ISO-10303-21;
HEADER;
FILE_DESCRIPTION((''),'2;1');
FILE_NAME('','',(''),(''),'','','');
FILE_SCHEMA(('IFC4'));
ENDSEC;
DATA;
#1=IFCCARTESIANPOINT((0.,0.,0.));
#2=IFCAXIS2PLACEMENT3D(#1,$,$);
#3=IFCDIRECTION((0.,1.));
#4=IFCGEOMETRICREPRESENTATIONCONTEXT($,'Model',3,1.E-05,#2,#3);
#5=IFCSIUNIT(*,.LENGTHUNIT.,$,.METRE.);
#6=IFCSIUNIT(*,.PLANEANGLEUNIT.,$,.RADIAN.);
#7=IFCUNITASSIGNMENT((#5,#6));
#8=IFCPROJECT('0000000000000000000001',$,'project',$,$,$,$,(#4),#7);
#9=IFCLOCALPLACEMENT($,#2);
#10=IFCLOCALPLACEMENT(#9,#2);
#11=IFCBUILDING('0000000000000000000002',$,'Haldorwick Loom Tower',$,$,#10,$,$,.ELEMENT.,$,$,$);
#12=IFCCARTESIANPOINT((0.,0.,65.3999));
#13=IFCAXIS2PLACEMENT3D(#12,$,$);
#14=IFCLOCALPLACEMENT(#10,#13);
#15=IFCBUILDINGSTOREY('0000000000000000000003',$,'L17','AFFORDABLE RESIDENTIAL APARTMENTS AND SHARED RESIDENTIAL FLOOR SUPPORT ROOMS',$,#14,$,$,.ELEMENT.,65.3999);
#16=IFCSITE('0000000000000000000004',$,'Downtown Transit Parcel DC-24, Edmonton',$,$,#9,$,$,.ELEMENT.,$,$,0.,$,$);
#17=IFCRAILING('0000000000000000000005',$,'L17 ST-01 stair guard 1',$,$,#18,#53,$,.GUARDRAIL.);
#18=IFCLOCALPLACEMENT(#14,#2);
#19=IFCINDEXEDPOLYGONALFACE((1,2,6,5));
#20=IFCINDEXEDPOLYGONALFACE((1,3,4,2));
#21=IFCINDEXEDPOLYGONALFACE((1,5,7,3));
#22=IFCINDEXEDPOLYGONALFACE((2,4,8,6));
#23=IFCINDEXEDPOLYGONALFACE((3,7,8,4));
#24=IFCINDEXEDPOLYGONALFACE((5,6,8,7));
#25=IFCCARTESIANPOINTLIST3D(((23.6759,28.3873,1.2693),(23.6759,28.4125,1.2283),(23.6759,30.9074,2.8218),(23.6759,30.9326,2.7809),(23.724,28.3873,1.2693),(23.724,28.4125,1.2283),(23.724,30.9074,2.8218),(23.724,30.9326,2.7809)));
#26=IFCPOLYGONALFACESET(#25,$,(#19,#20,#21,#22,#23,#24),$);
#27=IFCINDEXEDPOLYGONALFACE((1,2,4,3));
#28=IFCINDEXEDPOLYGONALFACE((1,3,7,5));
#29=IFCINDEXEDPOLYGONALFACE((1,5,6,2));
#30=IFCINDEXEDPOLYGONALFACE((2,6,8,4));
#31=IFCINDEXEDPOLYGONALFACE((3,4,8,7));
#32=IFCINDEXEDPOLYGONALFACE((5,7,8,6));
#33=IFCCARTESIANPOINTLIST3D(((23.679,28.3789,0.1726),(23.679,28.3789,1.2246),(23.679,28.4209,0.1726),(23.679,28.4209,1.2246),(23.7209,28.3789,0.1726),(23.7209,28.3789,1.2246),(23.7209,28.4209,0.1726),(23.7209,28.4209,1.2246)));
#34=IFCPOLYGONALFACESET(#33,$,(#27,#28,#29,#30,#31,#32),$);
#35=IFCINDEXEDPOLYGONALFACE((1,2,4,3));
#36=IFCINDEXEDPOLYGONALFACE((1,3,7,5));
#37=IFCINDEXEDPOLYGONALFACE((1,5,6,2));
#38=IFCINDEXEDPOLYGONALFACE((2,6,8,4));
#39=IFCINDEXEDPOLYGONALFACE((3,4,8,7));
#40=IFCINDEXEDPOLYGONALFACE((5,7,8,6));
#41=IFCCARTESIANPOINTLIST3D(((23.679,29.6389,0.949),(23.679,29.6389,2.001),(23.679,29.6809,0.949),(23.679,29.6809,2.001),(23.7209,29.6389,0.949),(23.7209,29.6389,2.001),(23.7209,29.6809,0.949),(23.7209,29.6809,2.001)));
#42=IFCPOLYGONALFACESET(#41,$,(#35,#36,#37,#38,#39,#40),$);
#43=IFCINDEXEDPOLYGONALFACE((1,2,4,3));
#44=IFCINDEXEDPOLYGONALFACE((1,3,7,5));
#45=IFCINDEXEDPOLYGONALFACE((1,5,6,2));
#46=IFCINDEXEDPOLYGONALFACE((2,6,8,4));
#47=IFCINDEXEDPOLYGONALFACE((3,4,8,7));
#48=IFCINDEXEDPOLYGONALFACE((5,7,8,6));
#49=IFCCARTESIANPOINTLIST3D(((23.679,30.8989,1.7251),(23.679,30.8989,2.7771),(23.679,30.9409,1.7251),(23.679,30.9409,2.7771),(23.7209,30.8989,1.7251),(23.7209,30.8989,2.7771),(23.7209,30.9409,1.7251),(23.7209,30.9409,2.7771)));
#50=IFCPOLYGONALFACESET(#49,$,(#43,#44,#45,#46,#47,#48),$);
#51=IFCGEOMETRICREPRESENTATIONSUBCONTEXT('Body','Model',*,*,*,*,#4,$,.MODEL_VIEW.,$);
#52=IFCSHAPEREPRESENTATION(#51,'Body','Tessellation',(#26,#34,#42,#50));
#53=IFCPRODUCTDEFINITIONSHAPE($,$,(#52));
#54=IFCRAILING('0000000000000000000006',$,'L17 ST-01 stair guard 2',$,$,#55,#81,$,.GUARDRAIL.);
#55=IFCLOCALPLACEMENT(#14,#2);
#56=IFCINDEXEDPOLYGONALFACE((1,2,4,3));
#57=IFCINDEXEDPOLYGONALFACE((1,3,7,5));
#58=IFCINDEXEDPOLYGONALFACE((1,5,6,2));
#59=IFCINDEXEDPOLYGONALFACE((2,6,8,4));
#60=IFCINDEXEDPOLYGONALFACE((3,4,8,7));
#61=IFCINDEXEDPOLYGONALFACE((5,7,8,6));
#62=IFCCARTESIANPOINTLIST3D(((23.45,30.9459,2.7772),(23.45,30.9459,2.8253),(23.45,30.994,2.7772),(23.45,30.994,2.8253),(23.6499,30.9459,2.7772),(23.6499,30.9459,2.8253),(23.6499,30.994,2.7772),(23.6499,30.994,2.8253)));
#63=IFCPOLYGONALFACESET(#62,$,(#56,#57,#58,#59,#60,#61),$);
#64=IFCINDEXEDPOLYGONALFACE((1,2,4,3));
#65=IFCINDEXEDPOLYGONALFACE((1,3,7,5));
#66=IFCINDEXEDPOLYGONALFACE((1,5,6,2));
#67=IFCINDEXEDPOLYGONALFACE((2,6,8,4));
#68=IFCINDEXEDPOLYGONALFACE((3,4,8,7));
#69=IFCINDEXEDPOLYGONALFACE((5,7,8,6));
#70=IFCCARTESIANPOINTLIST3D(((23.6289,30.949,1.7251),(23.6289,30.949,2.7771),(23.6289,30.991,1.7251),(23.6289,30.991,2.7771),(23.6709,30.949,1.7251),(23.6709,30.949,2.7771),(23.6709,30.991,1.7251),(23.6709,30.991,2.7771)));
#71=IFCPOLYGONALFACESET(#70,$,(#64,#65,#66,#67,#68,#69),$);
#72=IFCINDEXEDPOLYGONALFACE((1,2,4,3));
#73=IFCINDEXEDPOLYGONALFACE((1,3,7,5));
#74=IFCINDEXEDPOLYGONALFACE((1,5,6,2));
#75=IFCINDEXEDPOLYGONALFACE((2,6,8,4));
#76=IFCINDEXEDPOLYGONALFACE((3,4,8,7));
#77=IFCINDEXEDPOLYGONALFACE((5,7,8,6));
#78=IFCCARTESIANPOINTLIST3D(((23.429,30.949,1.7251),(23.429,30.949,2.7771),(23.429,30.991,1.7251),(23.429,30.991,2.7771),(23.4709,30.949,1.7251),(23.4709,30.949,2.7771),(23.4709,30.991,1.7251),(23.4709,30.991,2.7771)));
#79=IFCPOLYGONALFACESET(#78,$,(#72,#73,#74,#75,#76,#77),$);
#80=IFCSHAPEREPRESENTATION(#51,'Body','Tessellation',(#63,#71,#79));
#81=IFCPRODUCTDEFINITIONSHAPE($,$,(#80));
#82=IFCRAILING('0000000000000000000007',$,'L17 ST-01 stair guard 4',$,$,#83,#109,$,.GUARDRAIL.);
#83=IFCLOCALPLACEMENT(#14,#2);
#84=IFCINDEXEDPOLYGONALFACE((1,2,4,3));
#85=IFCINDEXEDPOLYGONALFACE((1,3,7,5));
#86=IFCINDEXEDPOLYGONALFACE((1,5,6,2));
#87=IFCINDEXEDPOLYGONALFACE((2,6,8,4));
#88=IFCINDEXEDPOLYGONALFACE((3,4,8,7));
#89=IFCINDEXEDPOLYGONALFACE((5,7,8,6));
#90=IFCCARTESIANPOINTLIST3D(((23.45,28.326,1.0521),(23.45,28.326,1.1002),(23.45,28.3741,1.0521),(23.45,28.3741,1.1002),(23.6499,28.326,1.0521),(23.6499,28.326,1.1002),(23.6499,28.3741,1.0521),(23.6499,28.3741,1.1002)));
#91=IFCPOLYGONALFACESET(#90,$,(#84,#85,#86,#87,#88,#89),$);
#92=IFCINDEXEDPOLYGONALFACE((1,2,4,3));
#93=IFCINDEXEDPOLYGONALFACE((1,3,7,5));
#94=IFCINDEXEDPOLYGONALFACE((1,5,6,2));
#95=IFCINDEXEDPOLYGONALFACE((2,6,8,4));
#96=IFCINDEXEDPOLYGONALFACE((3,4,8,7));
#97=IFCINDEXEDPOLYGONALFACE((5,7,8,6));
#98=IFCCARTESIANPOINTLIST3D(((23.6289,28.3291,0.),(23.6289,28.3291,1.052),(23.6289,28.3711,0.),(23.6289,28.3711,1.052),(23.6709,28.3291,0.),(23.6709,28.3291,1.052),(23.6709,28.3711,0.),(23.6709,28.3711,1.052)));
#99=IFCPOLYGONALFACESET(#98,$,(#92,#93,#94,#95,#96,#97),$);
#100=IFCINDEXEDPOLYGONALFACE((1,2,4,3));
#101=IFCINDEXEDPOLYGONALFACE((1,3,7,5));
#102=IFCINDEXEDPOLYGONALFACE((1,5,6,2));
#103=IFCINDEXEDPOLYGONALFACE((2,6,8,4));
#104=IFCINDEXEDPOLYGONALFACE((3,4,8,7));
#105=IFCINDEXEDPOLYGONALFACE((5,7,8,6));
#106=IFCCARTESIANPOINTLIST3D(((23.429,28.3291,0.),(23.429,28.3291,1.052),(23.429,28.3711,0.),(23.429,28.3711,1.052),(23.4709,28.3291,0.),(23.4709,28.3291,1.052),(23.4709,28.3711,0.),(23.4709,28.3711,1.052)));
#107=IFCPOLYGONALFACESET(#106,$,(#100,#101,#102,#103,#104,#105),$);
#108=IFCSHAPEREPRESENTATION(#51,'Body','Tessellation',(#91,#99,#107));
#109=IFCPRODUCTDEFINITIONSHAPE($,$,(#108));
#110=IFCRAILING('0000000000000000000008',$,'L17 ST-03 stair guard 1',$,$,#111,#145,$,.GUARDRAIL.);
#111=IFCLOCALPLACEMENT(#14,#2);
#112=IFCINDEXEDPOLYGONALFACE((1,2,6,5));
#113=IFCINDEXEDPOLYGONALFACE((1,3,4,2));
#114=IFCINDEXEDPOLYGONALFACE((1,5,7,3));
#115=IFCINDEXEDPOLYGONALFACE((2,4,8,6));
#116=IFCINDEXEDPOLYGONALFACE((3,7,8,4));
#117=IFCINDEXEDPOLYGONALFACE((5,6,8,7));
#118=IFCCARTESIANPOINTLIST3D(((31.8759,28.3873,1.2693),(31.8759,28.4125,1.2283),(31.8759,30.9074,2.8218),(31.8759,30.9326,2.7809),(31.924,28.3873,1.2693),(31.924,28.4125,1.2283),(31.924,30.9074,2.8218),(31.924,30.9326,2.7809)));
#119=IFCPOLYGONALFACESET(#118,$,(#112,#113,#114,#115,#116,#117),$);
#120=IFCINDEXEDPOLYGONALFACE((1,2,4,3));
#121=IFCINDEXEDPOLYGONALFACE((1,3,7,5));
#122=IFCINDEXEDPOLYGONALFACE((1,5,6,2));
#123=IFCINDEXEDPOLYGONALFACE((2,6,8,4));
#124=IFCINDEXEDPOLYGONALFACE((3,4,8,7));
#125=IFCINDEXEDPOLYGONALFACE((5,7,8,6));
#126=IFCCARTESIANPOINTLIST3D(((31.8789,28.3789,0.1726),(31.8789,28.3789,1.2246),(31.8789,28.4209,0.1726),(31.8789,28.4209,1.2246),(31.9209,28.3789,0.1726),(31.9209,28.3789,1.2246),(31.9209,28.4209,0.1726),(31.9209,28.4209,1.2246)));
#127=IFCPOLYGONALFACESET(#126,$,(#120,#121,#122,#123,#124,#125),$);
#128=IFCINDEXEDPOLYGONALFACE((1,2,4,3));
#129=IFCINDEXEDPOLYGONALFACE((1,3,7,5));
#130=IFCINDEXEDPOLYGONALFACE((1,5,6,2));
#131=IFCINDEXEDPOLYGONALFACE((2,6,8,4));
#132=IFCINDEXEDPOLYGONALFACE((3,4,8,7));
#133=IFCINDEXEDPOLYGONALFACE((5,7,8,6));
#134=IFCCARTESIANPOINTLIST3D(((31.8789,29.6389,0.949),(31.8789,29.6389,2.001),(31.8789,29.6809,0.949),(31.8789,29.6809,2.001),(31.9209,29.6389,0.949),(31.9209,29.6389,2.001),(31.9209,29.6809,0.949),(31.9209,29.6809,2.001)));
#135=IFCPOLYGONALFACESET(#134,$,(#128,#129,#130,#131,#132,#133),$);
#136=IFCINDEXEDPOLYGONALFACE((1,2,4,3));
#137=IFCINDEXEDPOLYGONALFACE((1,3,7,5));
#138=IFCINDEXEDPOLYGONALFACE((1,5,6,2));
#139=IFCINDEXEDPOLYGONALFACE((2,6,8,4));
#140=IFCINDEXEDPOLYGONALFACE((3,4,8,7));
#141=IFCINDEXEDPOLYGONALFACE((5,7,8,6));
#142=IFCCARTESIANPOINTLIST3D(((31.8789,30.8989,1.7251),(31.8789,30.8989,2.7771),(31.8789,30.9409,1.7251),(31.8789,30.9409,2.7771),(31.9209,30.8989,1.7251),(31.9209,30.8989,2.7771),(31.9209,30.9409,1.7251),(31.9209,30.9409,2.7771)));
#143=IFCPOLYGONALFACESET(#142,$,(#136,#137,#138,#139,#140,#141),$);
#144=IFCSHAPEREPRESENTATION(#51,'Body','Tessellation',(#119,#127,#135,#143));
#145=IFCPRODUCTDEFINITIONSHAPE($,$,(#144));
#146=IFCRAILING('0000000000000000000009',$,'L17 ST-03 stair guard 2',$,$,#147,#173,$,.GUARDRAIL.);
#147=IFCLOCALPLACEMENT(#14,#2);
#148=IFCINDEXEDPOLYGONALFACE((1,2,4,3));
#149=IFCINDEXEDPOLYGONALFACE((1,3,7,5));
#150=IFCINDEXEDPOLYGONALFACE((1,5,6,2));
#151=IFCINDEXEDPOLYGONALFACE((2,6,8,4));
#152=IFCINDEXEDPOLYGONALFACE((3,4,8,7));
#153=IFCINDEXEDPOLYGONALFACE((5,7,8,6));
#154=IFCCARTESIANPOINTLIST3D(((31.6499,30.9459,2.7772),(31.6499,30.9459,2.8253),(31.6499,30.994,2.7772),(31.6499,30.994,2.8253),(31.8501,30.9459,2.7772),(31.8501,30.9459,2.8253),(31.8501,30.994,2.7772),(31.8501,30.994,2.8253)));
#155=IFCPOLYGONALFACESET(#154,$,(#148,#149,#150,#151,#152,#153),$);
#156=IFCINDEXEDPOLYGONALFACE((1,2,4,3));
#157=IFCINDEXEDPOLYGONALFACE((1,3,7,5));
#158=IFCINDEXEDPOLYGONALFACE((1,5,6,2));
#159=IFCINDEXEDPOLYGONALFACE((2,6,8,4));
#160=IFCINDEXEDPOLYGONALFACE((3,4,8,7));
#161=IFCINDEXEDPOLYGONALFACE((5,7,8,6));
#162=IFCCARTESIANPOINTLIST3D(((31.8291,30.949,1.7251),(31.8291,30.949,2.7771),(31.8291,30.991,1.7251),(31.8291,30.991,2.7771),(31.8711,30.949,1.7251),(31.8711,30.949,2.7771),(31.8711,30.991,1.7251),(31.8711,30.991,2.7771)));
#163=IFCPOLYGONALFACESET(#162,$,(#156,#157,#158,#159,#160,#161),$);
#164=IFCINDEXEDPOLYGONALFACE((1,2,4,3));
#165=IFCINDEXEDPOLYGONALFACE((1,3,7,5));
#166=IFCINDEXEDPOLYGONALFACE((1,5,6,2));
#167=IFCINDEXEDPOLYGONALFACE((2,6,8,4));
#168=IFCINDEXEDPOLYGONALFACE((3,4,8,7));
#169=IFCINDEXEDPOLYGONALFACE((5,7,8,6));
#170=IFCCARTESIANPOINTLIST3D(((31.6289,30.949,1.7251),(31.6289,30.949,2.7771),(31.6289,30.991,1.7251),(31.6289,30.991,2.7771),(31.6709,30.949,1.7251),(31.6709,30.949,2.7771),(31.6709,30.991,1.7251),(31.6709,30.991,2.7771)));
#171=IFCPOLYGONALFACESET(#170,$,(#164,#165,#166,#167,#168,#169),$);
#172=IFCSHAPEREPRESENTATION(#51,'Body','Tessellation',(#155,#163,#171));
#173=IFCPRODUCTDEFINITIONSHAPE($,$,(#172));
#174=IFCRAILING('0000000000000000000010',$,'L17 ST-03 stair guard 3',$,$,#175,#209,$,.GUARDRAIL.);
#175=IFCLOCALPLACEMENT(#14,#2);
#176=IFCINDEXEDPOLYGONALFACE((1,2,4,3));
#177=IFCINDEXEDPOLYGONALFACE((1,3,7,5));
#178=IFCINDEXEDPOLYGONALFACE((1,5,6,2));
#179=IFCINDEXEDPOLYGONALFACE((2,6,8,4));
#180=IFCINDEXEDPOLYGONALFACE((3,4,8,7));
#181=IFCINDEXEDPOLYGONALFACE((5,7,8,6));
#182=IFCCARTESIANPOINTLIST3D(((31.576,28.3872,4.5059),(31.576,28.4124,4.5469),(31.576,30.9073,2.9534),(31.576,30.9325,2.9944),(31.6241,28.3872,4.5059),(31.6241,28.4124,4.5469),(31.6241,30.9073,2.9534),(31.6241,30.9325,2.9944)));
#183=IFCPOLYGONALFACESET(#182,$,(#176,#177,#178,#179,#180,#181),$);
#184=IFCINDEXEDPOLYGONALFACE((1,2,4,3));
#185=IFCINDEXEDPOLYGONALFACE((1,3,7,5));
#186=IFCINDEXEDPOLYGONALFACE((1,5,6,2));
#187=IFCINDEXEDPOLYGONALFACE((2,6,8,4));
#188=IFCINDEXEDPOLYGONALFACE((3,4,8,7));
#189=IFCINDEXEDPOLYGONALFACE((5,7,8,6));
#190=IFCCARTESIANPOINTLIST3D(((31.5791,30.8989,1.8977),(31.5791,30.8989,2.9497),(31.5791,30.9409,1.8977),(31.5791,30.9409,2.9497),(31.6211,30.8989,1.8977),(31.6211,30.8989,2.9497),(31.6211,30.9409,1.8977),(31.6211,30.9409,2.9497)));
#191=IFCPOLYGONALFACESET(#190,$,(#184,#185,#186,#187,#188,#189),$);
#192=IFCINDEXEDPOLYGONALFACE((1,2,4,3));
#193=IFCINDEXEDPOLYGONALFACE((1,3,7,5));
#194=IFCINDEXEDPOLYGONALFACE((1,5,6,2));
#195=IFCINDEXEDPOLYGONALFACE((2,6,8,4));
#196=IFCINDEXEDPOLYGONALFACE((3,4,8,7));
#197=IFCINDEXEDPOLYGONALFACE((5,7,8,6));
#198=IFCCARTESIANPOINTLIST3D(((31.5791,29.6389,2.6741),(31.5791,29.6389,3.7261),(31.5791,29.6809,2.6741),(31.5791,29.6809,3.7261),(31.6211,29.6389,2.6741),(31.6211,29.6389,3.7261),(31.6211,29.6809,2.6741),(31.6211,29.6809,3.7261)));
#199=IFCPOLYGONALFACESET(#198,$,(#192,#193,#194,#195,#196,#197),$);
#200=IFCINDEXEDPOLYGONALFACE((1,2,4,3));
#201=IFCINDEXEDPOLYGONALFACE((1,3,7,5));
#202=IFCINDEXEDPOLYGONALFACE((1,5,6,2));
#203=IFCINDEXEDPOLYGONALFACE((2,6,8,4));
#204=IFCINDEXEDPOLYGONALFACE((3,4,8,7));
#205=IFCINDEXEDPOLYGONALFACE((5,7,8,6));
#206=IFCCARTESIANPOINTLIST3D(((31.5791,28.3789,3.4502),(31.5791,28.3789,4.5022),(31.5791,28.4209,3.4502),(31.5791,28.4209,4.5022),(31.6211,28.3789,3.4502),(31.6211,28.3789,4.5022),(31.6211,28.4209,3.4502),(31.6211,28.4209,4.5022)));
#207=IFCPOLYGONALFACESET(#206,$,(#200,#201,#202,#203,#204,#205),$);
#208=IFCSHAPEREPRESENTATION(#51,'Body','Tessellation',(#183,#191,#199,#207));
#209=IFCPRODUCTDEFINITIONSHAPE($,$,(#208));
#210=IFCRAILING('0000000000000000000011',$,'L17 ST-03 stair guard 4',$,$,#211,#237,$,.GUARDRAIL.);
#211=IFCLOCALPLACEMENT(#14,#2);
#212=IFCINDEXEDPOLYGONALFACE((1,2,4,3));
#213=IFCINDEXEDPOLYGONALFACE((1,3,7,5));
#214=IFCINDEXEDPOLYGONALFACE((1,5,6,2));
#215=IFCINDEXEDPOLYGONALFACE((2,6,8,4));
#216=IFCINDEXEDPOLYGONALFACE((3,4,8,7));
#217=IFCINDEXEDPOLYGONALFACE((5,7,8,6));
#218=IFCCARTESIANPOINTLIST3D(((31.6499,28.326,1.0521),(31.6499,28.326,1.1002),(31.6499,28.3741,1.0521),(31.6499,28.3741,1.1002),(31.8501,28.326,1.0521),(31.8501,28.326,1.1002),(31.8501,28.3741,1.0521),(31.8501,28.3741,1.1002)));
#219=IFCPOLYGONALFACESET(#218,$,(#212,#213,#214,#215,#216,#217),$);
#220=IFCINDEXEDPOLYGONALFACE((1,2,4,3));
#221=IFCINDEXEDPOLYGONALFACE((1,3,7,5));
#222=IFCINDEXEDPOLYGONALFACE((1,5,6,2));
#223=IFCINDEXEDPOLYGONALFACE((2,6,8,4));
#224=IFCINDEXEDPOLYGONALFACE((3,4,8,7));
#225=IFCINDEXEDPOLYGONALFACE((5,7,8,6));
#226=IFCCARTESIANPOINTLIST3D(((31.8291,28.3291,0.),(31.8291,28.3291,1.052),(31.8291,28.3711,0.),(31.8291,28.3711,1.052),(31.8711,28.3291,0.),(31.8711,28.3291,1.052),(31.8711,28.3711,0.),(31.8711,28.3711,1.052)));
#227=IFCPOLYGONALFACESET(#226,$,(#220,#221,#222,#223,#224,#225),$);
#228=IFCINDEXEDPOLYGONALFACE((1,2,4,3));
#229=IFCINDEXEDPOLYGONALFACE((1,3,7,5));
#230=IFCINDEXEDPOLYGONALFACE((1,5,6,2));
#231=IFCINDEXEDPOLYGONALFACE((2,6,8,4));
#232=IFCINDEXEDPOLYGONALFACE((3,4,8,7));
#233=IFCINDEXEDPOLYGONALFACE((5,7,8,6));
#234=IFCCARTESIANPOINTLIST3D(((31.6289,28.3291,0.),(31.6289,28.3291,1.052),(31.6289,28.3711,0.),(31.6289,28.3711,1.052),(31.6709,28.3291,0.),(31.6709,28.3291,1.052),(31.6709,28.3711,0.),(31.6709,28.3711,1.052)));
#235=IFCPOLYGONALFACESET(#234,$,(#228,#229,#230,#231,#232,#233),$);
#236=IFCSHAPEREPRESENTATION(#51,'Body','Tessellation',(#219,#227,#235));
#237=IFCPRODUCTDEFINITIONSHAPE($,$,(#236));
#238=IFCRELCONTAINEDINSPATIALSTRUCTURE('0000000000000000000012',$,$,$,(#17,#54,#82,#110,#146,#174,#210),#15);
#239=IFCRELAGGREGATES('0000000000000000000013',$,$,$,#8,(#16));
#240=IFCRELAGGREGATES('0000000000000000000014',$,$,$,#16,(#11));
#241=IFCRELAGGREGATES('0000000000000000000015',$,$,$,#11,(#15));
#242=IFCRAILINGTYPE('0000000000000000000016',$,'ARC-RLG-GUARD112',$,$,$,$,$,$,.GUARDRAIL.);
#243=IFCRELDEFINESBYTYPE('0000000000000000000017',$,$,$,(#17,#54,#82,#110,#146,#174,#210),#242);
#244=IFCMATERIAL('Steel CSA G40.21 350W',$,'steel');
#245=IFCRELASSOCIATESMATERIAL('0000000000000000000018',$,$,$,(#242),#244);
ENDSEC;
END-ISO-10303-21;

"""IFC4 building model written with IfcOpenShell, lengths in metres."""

from ifc_helpers import new_model, si_unit, direction, frame, origin, origin_2d, place, context, subcontext, project, spatial, rectangle, extrude, material, type_object, element, save


model = new_model("IFC4")

# Units and contexts
model_context = context("Model", 3, precision=1e-05, world=origin(), true_north=direction((0.0, 1.0)))
body_context = subcontext(model_context, "Body", "Model", "MODEL_VIEW")
ifc_project = project(units=[si_unit("LENGTHUNIT", "METRE"), si_unit("PLANEANGLEUNIT", "RADIAN")], contexts=[model_context])

# Site, building, storey
site_placement = place(None, origin())
site = spatial("IfcSite", under=ifc_project, at=site_placement, Name="Downtown Transit Parcel DC-24, Edmonton", CompositionType="ELEMENT", RefElevation=0.0)
building_placement = place(site_placement, origin())
building = spatial("IfcBuilding", under=site, at=building_placement, Name="Haldorwick Loom Tower", CompositionType="ELEMENT")
storey_placement = place(building_placement, frame((0.0, 0.0, 65.3999)))
storey = spatial("IfcBuildingStorey", under=building, at=storey_placement, Name="L17", Description="AFFORDABLE RESIDENTIAL APARTMENTS AND SHARED RESIDENTIAL FLOOR SUPPORT ROOMS", CompositionType="ELEMENT", Elevation=65.3999)

# Shared definitions
ifc_material_1 = material(Name="Steel CSA G40.21 350W", Category="steel")

# Railings
railing_type_1 = type_object("IfcRailingType", Name="ARC-RLG-GUARD112", PredefinedType="GUARDRAIL", material=ifc_material_1)
railing_1_placement = place(storey_placement, frame((23.7, 28.3999, 0.1726)))
element("IfcRailing", 1, at=railing_1_placement, inside=storey, type_object=railing_type_1, Name="L17 ST-01 stair guard 1", PredefinedType="GUARDRAIL", context=body_context, shape_type="SweptSolid", body=[
    extrude(rectangle(XDim=0.0481, YDim=0.0481, at=origin_2d()), frame((0.0, 0.0, 1.0762), z_axis=(0.0, 0.8514, 0.524516), x_axis=(-1.0, 0.0, 0.0)), (0.0, 0.0, 1.0), 2.96),
    extrude(rectangle(XDim=0.042, YDim=0.042, at=origin_2d()), origin(), (0.0, 0.0, 1.0), 1.052),
    extrude(rectangle(XDim=0.042, YDim=0.042, at=origin_2d()), frame((0.0, 1.26, 0.7764)), (0.0, 0.0, 1.0), 1.052),
    extrude(rectangle(XDim=0.042, YDim=0.042, at=origin_2d()), frame((0.0, 2.52, 1.5525)), (0.0, 0.0, 1.0), 1.052),
])
for number, where, name in (
    (2, (23.6499, 30.97, 1.7251), "L17 ST-01 stair guard 2"),
    (3, (23.6499, 28.3501, 0.0), "L17 ST-01 stair guard 4"),
):
    element("IfcRailing", number, at=place(storey_placement, frame(where)), inside=storey, type_object=railing_type_1, Name=name, PredefinedType="GUARDRAIL", context=body_context, shape_type="SweptSolid", body=[
        extrude(rectangle(XDim=0.0481, YDim=0.0481, at=origin_2d()), frame((0.0, 0.0, 1.0762), z_axis=(-1.0, 0.0, 0.0), x_axis=(0.0, -1.0, 0.0)), (0.0, 0.0, 1.0), 0.2),
        extrude(rectangle(XDim=0.042, YDim=0.042, at=origin_2d()), origin(), (0.0, 0.0, 1.0), 1.052),
        extrude(rectangle(XDim=0.042, YDim=0.042, at=origin_2d()), frame((-0.2, 0.0, 0.0)), (0.0, 0.0, 1.0), 1.052),
    ])
railing_2_placement = place(storey_placement, frame((31.8999, 28.3999, 0.1726)))
element("IfcRailing", 4, at=railing_2_placement, inside=storey, type_object=railing_type_1, Name="L17 ST-03 stair guard 1", PredefinedType="GUARDRAIL", context=body_context, shape_type="SweptSolid", body=[
    extrude(rectangle(XDim=0.0481, YDim=0.0481, at=origin_2d()), frame((0.0, 0.0, 1.0762), z_axis=(0.0, 0.8514, 0.524516), x_axis=(-1.0, 0.0, 0.0)), (0.0, 0.0, 1.0), 2.96),
    extrude(rectangle(XDim=0.042, YDim=0.042, at=origin_2d()), origin(), (0.0, 0.0, 1.0), 1.052),
    extrude(rectangle(XDim=0.042, YDim=0.042, at=origin_2d()), frame((0.0, 1.26, 0.7764)), (0.0, 0.0, 1.0), 1.052),
    extrude(rectangle(XDim=0.042, YDim=0.042, at=origin_2d()), frame((0.0, 2.52, 1.5525)), (0.0, 0.0, 1.0), 1.052),
])
railing_3_placement = place(storey_placement, frame((31.8501, 30.97, 1.7251)))
element("IfcRailing", 5, at=railing_3_placement, inside=storey, type_object=railing_type_1, Name="L17 ST-03 stair guard 2", PredefinedType="GUARDRAIL", context=body_context, shape_type="SweptSolid", body=[
    extrude(rectangle(XDim=0.0481, YDim=0.0481, at=origin_2d()), frame((0.0, 0.0, 1.0762), z_axis=(-1.0, 0.0, 0.0), x_axis=(0.0, -1.0, 0.0)), (0.0, 0.0, 1.0), 0.2002),
    extrude(rectangle(XDim=0.042, YDim=0.042, at=origin_2d()), origin(), (0.0, 0.0, 1.0), 1.052),
    extrude(rectangle(XDim=0.042, YDim=0.042, at=origin_2d()), frame((-0.2002, 0.0, 0.0)), (0.0, 0.0, 1.0), 1.052),
])
railing_4_placement = place(storey_placement, frame((31.6001, 30.9199, 1.8977)))
element("IfcRailing", 6, at=railing_4_placement, inside=storey, type_object=railing_type_1, Name="L17 ST-03 stair guard 3", PredefinedType="GUARDRAIL", context=body_context, shape_type="SweptSolid", body=[
    extrude(rectangle(XDim=0.0481, YDim=0.0481, at=origin_2d()), frame((0.0, 0.0, 1.0762), z_axis=(0.0, -0.8514, 0.524516), x_axis=(1.0, 0.0, 0.0)), (0.0, 0.0, 1.0), 2.96),
    extrude(rectangle(XDim=0.042, YDim=0.042, at=origin_2d()), origin(), (0.0, 0.0, 1.0), 1.052),
    extrude(rectangle(XDim=0.042, YDim=0.042, at=origin_2d()), frame((0.0, -1.26, 0.7764)), (0.0, 0.0, 1.0), 1.052),
    extrude(rectangle(XDim=0.042, YDim=0.042, at=origin_2d()), frame((0.0, -2.52, 1.5525)), (0.0, 0.0, 1.0), 1.052),
])
railing_5_placement = place(storey_placement, frame((31.8501, 28.3501, 0.0)))
element("IfcRailing", 7, at=railing_5_placement, inside=storey, type_object=railing_type_1, Name="L17 ST-03 stair guard 4", PredefinedType="GUARDRAIL", context=body_context, shape_type="SweptSolid", body=[
    extrude(rectangle(XDim=0.0481, YDim=0.0481, at=origin_2d()), frame((0.0, 0.0, 1.0762), z_axis=(-1.0, 0.0, 0.0), x_axis=(0.0, -1.0, 0.0)), (0.0, 0.0, 1.0), 0.2002),
    extrude(rectangle(XDim=0.042, YDim=0.042, at=origin_2d()), origin(), (0.0, 0.0, 1.0), 1.052),
    extrude(rectangle(XDim=0.042, YDim=0.042, at=origin_2d()), frame((-0.2002, 0.0, 0.0)), (0.0, 0.0, 1.0), 1.052),
])

save(model, "model.ifc")
